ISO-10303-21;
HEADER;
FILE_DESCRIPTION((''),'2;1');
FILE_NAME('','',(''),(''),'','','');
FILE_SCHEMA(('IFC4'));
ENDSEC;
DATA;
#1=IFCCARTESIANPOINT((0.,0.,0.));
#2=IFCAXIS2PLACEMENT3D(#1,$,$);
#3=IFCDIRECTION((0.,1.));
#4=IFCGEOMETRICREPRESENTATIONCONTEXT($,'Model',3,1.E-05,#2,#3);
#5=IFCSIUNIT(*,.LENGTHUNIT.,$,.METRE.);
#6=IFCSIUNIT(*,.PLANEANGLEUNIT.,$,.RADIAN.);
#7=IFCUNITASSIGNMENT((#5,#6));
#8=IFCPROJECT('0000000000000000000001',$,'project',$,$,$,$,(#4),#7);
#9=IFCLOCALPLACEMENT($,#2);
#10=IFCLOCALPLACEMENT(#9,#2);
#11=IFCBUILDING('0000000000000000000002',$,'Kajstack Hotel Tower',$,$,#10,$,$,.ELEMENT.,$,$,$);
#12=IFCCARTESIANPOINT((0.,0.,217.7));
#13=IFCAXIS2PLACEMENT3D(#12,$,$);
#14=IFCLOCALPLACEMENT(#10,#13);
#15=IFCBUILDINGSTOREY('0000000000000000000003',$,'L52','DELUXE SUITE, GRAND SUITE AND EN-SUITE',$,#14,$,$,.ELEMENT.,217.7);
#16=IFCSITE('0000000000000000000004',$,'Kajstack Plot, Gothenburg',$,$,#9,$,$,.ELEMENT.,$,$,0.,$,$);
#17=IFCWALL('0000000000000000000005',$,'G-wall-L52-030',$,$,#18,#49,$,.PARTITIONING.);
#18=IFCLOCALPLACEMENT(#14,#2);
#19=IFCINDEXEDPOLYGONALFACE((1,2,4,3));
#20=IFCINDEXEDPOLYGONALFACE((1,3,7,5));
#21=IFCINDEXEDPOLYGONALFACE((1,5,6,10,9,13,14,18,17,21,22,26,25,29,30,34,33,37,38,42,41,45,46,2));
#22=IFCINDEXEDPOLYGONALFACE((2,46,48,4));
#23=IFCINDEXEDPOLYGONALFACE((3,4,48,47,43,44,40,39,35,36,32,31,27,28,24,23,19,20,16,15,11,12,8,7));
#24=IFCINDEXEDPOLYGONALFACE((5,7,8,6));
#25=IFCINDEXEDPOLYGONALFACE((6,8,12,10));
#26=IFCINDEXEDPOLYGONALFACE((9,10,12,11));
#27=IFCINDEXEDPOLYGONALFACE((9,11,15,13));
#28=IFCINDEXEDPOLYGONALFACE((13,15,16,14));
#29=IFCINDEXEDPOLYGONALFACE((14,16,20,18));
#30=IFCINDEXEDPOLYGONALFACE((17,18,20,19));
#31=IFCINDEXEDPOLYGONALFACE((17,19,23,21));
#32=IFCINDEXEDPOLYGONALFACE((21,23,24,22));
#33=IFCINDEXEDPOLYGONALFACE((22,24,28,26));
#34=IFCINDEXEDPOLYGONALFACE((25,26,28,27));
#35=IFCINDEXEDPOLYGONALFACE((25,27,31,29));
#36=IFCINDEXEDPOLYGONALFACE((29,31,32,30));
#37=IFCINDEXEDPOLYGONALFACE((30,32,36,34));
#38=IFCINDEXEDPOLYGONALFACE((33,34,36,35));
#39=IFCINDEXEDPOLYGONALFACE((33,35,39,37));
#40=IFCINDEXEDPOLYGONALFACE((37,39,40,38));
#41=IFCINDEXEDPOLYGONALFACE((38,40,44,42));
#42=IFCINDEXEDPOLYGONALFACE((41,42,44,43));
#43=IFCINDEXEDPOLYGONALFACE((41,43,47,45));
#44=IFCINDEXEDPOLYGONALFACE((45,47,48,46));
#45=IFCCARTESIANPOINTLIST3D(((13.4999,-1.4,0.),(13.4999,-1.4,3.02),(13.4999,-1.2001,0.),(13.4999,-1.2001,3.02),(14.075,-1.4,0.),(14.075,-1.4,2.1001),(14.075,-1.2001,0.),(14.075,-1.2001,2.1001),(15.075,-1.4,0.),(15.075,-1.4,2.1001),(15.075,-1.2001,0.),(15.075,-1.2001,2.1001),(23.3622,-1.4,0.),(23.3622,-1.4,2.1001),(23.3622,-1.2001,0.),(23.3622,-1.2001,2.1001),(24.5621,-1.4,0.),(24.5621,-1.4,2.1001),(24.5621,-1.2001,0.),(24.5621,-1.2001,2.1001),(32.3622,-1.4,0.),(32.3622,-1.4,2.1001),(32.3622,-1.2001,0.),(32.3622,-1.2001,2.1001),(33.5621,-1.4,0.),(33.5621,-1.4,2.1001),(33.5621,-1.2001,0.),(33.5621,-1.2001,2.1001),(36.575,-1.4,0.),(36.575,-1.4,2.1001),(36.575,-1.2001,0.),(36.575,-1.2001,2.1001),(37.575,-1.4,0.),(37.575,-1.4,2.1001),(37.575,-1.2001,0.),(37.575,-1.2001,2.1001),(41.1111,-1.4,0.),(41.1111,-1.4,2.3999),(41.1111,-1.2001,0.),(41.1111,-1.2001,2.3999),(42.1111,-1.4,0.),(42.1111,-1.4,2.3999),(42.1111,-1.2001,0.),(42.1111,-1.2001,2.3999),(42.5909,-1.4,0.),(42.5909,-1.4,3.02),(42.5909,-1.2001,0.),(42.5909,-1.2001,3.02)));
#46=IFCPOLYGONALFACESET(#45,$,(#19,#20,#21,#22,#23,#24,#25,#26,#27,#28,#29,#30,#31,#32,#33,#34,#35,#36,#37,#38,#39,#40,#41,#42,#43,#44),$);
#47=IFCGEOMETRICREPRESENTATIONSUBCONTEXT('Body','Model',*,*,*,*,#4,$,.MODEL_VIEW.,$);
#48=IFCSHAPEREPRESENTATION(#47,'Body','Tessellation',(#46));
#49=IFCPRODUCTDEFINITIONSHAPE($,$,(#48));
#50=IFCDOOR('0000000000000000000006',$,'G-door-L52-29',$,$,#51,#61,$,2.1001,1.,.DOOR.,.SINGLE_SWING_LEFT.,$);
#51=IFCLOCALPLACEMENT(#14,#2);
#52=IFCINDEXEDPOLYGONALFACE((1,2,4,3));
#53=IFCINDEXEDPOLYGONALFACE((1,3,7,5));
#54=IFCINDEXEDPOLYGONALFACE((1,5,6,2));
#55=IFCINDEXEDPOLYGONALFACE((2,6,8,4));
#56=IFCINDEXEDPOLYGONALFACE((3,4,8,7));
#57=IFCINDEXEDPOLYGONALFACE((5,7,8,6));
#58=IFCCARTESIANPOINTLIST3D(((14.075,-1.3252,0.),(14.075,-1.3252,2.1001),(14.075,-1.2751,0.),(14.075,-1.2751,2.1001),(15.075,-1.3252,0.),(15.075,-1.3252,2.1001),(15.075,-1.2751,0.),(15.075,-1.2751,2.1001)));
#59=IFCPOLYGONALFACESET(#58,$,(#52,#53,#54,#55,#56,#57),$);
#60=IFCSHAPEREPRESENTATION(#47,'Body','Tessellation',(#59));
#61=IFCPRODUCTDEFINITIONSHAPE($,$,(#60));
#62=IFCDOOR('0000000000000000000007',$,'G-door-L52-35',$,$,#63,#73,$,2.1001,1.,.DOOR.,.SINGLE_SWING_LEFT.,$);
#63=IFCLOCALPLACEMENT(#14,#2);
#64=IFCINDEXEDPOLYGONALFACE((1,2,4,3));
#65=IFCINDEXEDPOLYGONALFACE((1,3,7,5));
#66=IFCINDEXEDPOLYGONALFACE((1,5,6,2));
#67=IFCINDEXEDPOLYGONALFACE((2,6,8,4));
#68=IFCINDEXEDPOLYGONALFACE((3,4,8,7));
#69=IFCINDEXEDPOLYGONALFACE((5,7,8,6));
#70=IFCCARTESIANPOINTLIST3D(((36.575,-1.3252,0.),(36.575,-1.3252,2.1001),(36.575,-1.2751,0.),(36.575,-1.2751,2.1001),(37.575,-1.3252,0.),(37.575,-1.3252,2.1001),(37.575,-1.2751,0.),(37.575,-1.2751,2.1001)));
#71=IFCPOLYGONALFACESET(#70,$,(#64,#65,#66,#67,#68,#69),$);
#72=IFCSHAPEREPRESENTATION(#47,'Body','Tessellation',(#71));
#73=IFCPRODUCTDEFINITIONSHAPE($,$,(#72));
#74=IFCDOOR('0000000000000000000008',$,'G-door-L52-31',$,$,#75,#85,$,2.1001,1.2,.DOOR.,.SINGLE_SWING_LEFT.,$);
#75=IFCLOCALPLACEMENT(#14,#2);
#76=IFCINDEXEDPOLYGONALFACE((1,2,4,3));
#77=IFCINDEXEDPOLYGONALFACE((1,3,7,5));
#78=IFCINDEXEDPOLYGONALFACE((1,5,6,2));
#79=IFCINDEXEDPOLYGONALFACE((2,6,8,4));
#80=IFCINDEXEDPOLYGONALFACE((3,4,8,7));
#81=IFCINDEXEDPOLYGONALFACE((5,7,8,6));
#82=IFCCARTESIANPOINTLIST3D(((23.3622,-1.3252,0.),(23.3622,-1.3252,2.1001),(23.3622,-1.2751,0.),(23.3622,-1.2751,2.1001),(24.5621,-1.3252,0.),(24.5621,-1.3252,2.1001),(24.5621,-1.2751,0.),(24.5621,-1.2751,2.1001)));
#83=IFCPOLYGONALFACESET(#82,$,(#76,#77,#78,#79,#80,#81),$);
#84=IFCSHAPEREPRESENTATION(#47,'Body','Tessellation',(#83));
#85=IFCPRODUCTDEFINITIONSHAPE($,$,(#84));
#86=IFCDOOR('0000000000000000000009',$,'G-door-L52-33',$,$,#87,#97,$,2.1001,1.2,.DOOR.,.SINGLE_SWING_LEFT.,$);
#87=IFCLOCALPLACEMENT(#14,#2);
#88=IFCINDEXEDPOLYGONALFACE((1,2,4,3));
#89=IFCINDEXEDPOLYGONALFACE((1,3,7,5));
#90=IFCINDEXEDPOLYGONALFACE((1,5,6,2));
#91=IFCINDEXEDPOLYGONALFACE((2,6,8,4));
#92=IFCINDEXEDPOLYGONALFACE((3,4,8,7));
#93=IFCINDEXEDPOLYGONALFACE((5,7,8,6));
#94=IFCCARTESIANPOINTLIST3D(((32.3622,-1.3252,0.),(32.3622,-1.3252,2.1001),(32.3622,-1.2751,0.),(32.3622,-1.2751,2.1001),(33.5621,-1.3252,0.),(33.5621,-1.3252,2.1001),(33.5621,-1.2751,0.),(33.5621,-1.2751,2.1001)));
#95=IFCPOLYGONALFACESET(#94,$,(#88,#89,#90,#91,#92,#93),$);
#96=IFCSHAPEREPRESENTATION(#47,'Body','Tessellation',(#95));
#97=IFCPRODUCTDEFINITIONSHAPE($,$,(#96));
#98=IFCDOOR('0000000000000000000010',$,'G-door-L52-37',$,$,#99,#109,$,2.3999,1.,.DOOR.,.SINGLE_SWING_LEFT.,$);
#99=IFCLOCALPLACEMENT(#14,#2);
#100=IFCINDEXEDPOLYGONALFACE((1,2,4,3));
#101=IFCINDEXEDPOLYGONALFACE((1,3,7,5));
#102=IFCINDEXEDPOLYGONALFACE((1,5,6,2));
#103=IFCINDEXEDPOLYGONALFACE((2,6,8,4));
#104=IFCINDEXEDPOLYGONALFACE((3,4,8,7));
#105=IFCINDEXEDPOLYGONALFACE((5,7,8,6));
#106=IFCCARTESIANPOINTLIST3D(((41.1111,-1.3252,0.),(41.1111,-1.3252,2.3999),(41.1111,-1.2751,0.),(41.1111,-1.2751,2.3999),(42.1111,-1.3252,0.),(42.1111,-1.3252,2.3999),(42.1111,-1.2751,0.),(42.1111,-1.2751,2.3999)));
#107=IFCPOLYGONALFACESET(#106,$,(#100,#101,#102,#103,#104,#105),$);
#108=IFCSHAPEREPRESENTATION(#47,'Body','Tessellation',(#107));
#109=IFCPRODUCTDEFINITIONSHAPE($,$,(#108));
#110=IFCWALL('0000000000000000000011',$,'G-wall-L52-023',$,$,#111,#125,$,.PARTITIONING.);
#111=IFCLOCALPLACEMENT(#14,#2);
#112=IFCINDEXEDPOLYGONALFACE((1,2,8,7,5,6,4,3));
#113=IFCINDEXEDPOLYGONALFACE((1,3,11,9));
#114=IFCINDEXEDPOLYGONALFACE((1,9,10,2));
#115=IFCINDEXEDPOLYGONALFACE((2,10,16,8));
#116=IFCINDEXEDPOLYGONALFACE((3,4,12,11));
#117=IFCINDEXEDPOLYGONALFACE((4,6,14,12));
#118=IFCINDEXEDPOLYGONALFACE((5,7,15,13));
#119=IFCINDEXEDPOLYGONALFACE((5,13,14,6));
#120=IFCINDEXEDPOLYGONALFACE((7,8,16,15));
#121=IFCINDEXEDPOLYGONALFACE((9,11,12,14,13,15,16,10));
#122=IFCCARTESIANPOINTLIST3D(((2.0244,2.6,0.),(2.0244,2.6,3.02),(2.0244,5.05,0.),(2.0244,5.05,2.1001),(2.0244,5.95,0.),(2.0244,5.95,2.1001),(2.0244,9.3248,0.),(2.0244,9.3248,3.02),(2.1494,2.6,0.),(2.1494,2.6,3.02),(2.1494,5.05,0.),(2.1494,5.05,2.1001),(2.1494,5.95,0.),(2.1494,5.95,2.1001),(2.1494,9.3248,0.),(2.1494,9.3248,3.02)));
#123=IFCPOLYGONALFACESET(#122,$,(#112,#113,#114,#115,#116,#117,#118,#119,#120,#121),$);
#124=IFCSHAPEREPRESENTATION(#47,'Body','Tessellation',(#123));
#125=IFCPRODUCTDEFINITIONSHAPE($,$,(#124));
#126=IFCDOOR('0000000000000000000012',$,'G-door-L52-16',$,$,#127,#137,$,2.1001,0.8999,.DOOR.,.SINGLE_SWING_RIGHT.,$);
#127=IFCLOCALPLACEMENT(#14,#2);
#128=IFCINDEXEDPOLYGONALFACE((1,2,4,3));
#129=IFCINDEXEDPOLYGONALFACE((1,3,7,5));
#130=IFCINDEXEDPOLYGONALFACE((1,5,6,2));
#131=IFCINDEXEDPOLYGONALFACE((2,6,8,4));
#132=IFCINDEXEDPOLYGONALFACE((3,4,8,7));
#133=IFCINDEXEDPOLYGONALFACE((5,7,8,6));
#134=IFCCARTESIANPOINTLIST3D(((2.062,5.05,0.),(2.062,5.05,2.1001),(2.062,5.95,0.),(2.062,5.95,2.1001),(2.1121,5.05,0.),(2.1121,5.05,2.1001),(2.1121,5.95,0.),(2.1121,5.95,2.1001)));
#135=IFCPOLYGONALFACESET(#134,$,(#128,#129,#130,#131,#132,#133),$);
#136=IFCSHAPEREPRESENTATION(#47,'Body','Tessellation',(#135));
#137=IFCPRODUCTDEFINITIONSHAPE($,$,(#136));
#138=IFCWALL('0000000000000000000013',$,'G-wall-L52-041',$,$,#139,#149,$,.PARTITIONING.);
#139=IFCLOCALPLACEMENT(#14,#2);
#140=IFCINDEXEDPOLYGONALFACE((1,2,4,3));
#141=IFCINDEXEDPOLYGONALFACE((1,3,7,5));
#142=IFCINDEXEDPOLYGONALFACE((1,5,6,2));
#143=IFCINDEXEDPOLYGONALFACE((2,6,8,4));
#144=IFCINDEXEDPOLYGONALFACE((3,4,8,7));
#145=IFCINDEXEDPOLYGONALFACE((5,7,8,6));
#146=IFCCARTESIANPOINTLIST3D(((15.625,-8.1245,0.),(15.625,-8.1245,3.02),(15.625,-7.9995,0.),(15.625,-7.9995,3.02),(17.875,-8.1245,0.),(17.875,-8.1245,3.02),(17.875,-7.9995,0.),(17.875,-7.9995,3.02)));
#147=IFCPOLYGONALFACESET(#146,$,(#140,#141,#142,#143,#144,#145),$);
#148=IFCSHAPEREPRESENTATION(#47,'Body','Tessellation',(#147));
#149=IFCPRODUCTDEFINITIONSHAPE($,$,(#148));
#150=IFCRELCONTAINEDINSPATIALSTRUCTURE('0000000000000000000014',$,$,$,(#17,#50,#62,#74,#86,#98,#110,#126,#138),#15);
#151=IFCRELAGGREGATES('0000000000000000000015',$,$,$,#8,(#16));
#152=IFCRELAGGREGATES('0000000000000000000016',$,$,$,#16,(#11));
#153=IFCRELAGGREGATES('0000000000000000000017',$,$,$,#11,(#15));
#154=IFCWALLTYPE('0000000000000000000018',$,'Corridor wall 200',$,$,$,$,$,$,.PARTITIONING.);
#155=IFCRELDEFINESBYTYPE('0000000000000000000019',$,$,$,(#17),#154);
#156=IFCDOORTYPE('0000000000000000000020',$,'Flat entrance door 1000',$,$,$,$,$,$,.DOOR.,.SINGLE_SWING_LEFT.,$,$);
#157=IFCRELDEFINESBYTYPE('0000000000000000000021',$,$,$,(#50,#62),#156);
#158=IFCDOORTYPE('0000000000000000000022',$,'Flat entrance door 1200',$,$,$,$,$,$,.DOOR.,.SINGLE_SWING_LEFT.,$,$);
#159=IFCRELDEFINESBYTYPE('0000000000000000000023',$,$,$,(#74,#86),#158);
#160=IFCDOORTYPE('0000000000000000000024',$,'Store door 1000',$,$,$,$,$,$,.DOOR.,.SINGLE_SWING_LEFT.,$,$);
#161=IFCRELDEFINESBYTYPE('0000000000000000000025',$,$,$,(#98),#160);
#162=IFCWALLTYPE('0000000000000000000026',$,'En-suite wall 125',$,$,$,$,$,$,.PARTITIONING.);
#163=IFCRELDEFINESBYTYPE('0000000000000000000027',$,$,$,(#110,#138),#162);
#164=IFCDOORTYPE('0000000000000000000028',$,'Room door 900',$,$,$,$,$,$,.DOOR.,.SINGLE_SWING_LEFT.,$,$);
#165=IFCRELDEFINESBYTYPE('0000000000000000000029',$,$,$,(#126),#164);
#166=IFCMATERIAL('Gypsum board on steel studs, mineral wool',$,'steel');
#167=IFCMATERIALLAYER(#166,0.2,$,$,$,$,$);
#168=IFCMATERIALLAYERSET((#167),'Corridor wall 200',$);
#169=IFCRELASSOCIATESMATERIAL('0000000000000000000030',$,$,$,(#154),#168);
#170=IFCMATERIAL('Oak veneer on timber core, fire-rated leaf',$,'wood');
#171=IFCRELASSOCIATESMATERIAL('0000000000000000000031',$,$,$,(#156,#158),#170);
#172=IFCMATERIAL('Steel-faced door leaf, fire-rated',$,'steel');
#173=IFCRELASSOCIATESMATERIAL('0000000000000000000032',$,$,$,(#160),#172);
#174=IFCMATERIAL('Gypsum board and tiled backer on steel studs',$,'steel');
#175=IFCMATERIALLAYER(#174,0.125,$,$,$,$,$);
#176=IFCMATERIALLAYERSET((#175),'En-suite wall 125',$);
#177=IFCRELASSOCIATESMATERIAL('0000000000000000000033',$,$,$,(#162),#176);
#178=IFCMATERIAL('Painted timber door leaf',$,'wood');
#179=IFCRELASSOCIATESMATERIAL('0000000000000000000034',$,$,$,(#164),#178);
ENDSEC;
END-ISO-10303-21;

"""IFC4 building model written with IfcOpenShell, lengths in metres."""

from ifc_helpers import new_model, si_unit, direction, frame, frame_2d, origin, place, context, subcontext, project, spatial, rectangle, extrude, material, layer, layer_set, type_object, element, fill, save


model = new_model("IFC4")

# Units and contexts
model_context = context("Model", 3, precision=1e-05, world=origin(), true_north=direction((0.0, 1.0)))
body_context = subcontext(model_context, "Body", "Model", "MODEL_VIEW")
ifc_project = project(units=[si_unit("LENGTHUNIT", "METRE"), si_unit("PLANEANGLEUNIT", "RADIAN")], contexts=[model_context])

# Site, building, storey
site_placement = place(None, origin())
site = spatial("IfcSite", under=ifc_project, at=site_placement, Name="Kajstack Plot, Gothenburg", CompositionType="ELEMENT", RefElevation=0.0)
building_placement = place(site_placement, origin())
building = spatial("IfcBuilding", under=site, at=building_placement, Name="Kajstack Hotel Tower", CompositionType="ELEMENT")
storey_placement = place(building_placement, frame((0.0, 0.0, 217.7)))
storey = spatial("IfcBuildingStorey", under=building, at=storey_placement, Name="L52", Description="DELUXE SUITE, GRAND SUITE AND EN-SUITE", CompositionType="ELEMENT", Elevation=217.7)

# Wall, openings, doors
ifc_material_1 = material(Name="Gypsum board on steel studs, mineral wool", Category="steel")
ifc_layer_1 = layer(ifc_material_1, 0.2)
ifc_layer_set_1 = layer_set([ifc_layer_1], Name="Corridor wall 200")
wall_type_1 = type_object("IfcWallType", Name="Corridor wall 200", PredefinedType="PARTITIONING", material=ifc_layer_set_1)
wall_1_placement = place(storey_placement, frame((13.5, -1.3, 0.0), z_axis=(0.0, 0.0, 1.0), x_axis=(1.0, 0.0, 0.0)))
wall_1 = element("IfcWall", 1, at=wall_1_placement, inside=storey, type_object=wall_type_1, Name="G-wall-L52-030", PredefinedType="PARTITIONING", context=body_context, shape_type="SweptSolid", body=[
    extrude(rectangle(XDim=29.0911, YDim=0.2, at=frame_2d((14.5454, 0.0))), origin(), (0.0, 0.0, 1.0), 3.02),
])
opening_1_placement = place(wall_1_placement, frame((0.575, 0.0, 0.0)))
opening_1 = element("IfcOpeningElement", 2, at=opening_1_placement, cuts=wall_1, PredefinedType="OPENING", context=body_context, shape_type="SweptSolid", body=[
    extrude(rectangle(XDim=1.0, YDim=2.1001, at=frame_2d((0.5, 1.05))), frame((0.0, 0.1099, 0.0), z_axis=(0.0, -1.0, 0.0), x_axis=(1.0, 0.0, 0.0)), (0.0, 0.0, 1.0), 0.22),
])
opening_2_placement = place(wall_1_placement, frame((9.8621, 0.0, 0.0)))
opening_2 = element("IfcOpeningElement", 3, at=opening_2_placement, cuts=wall_1, PredefinedType="OPENING", context=body_context, shape_type="SweptSolid", body=[
    extrude(rectangle(XDim=1.2, YDim=2.1001, at=frame_2d((0.6001, 1.05))), frame((0.0, 0.1099, 0.0), z_axis=(0.0, -1.0, 0.0), x_axis=(1.0, 0.0, 0.0)), (0.0, 0.0, 1.0), 0.22),
])
opening_3_placement = place(wall_1_placement, frame((18.8621, 0.0, 0.0)))
opening_3 = element("IfcOpeningElement", 4, at=opening_3_placement, cuts=wall_1, PredefinedType="OPENING", context=body_context, shape_type="SweptSolid", body=[
    extrude(rectangle(XDim=1.2, YDim=2.1001, at=frame_2d((0.6001, 1.05))), frame((0.0, 0.1099, 0.0), z_axis=(0.0, -1.0, 0.0), x_axis=(1.0, 0.0, 0.0)), (0.0, 0.0, 1.0), 0.22),
])
opening_4_placement = place(wall_1_placement, frame((23.075, 0.0, 0.0)))
opening_4 = element("IfcOpeningElement", 5, at=opening_4_placement, cuts=wall_1, PredefinedType="OPENING", context=body_context, shape_type="SweptSolid", body=[
    extrude(rectangle(XDim=1.0, YDim=2.1001, at=frame_2d((0.5, 1.05))), frame((0.0, 0.1099, 0.0), z_axis=(0.0, -1.0, 0.0), x_axis=(1.0, 0.0, 0.0)), (0.0, 0.0, 1.0), 0.22),
])
opening_5_placement = place(wall_1_placement, frame((27.6111, 0.0, 0.0)))
opening_5 = element("IfcOpeningElement", 6, at=opening_5_placement, cuts=wall_1, PredefinedType="OPENING", context=body_context, shape_type="SweptSolid", body=[
    extrude(rectangle(XDim=1.0, YDim=2.3999, at=frame_2d((0.5, 1.2))), frame((0.0, 0.1099, 0.0), z_axis=(0.0, -1.0, 0.0), x_axis=(1.0, 0.0, 0.0)), (0.0, 0.0, 1.0), 0.22),
])
ifc_material_2 = material(Name="Oak veneer on timber core, fire-rated leaf", Category="wood")
door_type_1 = type_object("IfcDoorType", Name="Flat entrance door 1000", OperationType="SINGLE_SWING_LEFT", PredefinedType="DOOR", material=ifc_material_2)
door_1_placement = place(opening_1_placement, origin())
door_1 = element("IfcDoor", 7, at=door_1_placement, inside=storey, type_object=door_type_1, Name="G-door-L52-29", OperationType="SINGLE_SWING_LEFT", OverallHeight=2.1001, OverallWidth=1.0, PredefinedType="DOOR", context=body_context, shape_type="SweptSolid", body=[
    extrude(rectangle(XDim=1.0, YDim=2.1001, at=frame_2d((0.5, 1.05))), frame((0.0, 0.0249, 0.0), z_axis=(0.0, -1.0, 0.0), x_axis=(1.0, 0.0, 0.0)), (0.0, 0.0, 1.0), 0.05),
])
fill(opening_1, door_1)
door_2_placement = place(opening_4_placement, origin())
door_2 = element("IfcDoor", 8, at=door_2_placement, inside=storey, type_object=door_type_1, Name="G-door-L52-35", OperationType="SINGLE_SWING_LEFT", OverallHeight=2.1001, OverallWidth=1.0, PredefinedType="DOOR", context=body_context, shape_type="SweptSolid", body=[
    extrude(rectangle(XDim=1.0, YDim=2.1001, at=frame_2d((0.5, 1.05))), frame((0.0, 0.0249, 0.0), z_axis=(0.0, -1.0, 0.0), x_axis=(1.0, 0.0, 0.0)), (0.0, 0.0, 1.0), 0.05),
])
fill(opening_4, door_2)
door_type_2 = type_object("IfcDoorType", Name="Flat entrance door 1200", OperationType="SINGLE_SWING_LEFT", PredefinedType="DOOR", material=ifc_material_2)
door_3_placement = place(opening_2_placement, origin())
door_3 = element("IfcDoor", 9, at=door_3_placement, inside=storey, type_object=door_type_2, Name="G-door-L52-31", OperationType="SINGLE_SWING_LEFT", OverallHeight=2.1001, OverallWidth=1.2, PredefinedType="DOOR", context=body_context, shape_type="SweptSolid", body=[
    extrude(rectangle(XDim=1.2, YDim=2.1001, at=frame_2d((0.6001, 1.05))), frame((0.0, 0.0249, 0.0), z_axis=(0.0, -1.0, 0.0), x_axis=(1.0, 0.0, 0.0)), (0.0, 0.0, 1.0), 0.05),
])
fill(opening_2, door_3)
door_4_placement = place(opening_3_placement, origin())
door_4 = element("IfcDoor", 10, at=door_4_placement, inside=storey, type_object=door_type_2, Name="G-door-L52-33", OperationType="SINGLE_SWING_LEFT", OverallHeight=2.1001, OverallWidth=1.2, PredefinedType="DOOR", context=body_context, shape_type="SweptSolid", body=[
    extrude(rectangle(XDim=1.2, YDim=2.1001, at=frame_2d((0.6001, 1.05))), frame((0.0, 0.0249, 0.0), z_axis=(0.0, -1.0, 0.0), x_axis=(1.0, 0.0, 0.0)), (0.0, 0.0, 1.0), 0.05),
])
fill(opening_3, door_4)
ifc_material_3 = material(Name="Steel-faced door leaf, fire-rated", Category="steel")
door_type_3 = type_object("IfcDoorType", Name="Store door 1000", OperationType="SINGLE_SWING_LEFT", PredefinedType="DOOR", material=ifc_material_3)
door_5_placement = place(opening_5_placement, origin())
door_5 = element("IfcDoor", 11, at=door_5_placement, inside=storey, type_object=door_type_3, Name="G-door-L52-37", OperationType="SINGLE_SWING_LEFT", OverallHeight=2.3999, OverallWidth=1.0, PredefinedType="DOOR", context=body_context, shape_type="SweptSolid", body=[
    extrude(rectangle(XDim=1.0, YDim=2.3999, at=frame_2d((0.5, 1.2))), frame((0.0, 0.0249, 0.0), z_axis=(0.0, -1.0, 0.0), x_axis=(1.0, 0.0, 0.0)), (0.0, 0.0, 1.0), 0.05),
])
fill(opening_5, door_5)

# Wall, opening, door
ifc_material_4 = material(Name="Gypsum board and tiled backer on steel studs", Category="steel")
ifc_layer_2 = layer(ifc_material_4, 0.125)
ifc_layer_set_2 = layer_set([ifc_layer_2], Name="En-suite wall 125")
wall_type_2 = type_object("IfcWallType", Name="En-suite wall 125", PredefinedType="PARTITIONING", material=ifc_layer_set_2)
wall_2_placement = place(storey_placement, frame((2.0869, 2.6001, 0.0), z_axis=(0.0, 0.0, 1.0), x_axis=(0.0, 1.0, 0.0)))
wall_2 = element("IfcWall", 12, at=wall_2_placement, inside=storey, type_object=wall_type_2, Name="G-wall-L52-023", PredefinedType="PARTITIONING", context=body_context, shape_type="SweptSolid", body=[
    extrude(rectangle(XDim=6.7249, YDim=0.125, at=frame_2d((3.3623, 0.0))), origin(), (0.0, 0.0, 1.0), 3.02),
])
opening_6_placement = place(wall_2_placement, frame((2.45, 0.0, 0.0)))
opening_6 = element("IfcOpeningElement", 13, at=opening_6_placement, cuts=wall_2, PredefinedType="OPENING", context=body_context, shape_type="SweptSolid", body=[
    extrude(rectangle(XDim=0.8999, YDim=2.1001, at=frame_2d((0.45, 1.05))), frame((0.0, 0.0725, 0.0), z_axis=(0.0, -1.0, 0.0), x_axis=(1.0, 0.0, 0.0)), (0.0, 0.0, 1.0), 0.145),
])
ifc_material_5 = material(Name="Painted timber door leaf", Category="wood")
door_type_4 = type_object("IfcDoorType", Name="Room door 900", OperationType="SINGLE_SWING_LEFT", PredefinedType="DOOR", material=ifc_material_5)
door_6_placement = place(opening_6_placement, origin())
door_6 = element("IfcDoor", 14, at=door_6_placement, inside=storey, type_object=door_type_4, Name="G-door-L52-16", OperationType="SINGLE_SWING_RIGHT", OverallHeight=2.1001, OverallWidth=0.8999, PredefinedType="DOOR", context=body_context, shape_type="SweptSolid", body=[
    extrude(rectangle(XDim=0.8999, YDim=2.1001, at=frame_2d((0.45, 1.05))), frame((0.0, 0.0249, 0.0), z_axis=(0.0, -1.0, 0.0), x_axis=(1.0, 0.0, 0.0)), (0.0, 0.0, 1.0), 0.05),
])
fill(opening_6, door_6)

# Wall
wall_3_placement = place(storey_placement, frame((15.625, -8.062, 0.0), z_axis=(0.0, 0.0, 1.0), x_axis=(1.0, 0.0, 0.0)))
element("IfcWall", 15, at=wall_3_placement, inside=storey, type_object=wall_type_2, Name="G-wall-L52-041", PredefinedType="PARTITIONING", context=body_context, shape_type="SweptSolid", body=[
    extrude(rectangle(XDim=2.25, YDim=0.125, at=frame_2d((1.125, 0.0))), origin(), (0.0, 0.0, 1.0), 3.02),
])

save(model, "model.ifc")
